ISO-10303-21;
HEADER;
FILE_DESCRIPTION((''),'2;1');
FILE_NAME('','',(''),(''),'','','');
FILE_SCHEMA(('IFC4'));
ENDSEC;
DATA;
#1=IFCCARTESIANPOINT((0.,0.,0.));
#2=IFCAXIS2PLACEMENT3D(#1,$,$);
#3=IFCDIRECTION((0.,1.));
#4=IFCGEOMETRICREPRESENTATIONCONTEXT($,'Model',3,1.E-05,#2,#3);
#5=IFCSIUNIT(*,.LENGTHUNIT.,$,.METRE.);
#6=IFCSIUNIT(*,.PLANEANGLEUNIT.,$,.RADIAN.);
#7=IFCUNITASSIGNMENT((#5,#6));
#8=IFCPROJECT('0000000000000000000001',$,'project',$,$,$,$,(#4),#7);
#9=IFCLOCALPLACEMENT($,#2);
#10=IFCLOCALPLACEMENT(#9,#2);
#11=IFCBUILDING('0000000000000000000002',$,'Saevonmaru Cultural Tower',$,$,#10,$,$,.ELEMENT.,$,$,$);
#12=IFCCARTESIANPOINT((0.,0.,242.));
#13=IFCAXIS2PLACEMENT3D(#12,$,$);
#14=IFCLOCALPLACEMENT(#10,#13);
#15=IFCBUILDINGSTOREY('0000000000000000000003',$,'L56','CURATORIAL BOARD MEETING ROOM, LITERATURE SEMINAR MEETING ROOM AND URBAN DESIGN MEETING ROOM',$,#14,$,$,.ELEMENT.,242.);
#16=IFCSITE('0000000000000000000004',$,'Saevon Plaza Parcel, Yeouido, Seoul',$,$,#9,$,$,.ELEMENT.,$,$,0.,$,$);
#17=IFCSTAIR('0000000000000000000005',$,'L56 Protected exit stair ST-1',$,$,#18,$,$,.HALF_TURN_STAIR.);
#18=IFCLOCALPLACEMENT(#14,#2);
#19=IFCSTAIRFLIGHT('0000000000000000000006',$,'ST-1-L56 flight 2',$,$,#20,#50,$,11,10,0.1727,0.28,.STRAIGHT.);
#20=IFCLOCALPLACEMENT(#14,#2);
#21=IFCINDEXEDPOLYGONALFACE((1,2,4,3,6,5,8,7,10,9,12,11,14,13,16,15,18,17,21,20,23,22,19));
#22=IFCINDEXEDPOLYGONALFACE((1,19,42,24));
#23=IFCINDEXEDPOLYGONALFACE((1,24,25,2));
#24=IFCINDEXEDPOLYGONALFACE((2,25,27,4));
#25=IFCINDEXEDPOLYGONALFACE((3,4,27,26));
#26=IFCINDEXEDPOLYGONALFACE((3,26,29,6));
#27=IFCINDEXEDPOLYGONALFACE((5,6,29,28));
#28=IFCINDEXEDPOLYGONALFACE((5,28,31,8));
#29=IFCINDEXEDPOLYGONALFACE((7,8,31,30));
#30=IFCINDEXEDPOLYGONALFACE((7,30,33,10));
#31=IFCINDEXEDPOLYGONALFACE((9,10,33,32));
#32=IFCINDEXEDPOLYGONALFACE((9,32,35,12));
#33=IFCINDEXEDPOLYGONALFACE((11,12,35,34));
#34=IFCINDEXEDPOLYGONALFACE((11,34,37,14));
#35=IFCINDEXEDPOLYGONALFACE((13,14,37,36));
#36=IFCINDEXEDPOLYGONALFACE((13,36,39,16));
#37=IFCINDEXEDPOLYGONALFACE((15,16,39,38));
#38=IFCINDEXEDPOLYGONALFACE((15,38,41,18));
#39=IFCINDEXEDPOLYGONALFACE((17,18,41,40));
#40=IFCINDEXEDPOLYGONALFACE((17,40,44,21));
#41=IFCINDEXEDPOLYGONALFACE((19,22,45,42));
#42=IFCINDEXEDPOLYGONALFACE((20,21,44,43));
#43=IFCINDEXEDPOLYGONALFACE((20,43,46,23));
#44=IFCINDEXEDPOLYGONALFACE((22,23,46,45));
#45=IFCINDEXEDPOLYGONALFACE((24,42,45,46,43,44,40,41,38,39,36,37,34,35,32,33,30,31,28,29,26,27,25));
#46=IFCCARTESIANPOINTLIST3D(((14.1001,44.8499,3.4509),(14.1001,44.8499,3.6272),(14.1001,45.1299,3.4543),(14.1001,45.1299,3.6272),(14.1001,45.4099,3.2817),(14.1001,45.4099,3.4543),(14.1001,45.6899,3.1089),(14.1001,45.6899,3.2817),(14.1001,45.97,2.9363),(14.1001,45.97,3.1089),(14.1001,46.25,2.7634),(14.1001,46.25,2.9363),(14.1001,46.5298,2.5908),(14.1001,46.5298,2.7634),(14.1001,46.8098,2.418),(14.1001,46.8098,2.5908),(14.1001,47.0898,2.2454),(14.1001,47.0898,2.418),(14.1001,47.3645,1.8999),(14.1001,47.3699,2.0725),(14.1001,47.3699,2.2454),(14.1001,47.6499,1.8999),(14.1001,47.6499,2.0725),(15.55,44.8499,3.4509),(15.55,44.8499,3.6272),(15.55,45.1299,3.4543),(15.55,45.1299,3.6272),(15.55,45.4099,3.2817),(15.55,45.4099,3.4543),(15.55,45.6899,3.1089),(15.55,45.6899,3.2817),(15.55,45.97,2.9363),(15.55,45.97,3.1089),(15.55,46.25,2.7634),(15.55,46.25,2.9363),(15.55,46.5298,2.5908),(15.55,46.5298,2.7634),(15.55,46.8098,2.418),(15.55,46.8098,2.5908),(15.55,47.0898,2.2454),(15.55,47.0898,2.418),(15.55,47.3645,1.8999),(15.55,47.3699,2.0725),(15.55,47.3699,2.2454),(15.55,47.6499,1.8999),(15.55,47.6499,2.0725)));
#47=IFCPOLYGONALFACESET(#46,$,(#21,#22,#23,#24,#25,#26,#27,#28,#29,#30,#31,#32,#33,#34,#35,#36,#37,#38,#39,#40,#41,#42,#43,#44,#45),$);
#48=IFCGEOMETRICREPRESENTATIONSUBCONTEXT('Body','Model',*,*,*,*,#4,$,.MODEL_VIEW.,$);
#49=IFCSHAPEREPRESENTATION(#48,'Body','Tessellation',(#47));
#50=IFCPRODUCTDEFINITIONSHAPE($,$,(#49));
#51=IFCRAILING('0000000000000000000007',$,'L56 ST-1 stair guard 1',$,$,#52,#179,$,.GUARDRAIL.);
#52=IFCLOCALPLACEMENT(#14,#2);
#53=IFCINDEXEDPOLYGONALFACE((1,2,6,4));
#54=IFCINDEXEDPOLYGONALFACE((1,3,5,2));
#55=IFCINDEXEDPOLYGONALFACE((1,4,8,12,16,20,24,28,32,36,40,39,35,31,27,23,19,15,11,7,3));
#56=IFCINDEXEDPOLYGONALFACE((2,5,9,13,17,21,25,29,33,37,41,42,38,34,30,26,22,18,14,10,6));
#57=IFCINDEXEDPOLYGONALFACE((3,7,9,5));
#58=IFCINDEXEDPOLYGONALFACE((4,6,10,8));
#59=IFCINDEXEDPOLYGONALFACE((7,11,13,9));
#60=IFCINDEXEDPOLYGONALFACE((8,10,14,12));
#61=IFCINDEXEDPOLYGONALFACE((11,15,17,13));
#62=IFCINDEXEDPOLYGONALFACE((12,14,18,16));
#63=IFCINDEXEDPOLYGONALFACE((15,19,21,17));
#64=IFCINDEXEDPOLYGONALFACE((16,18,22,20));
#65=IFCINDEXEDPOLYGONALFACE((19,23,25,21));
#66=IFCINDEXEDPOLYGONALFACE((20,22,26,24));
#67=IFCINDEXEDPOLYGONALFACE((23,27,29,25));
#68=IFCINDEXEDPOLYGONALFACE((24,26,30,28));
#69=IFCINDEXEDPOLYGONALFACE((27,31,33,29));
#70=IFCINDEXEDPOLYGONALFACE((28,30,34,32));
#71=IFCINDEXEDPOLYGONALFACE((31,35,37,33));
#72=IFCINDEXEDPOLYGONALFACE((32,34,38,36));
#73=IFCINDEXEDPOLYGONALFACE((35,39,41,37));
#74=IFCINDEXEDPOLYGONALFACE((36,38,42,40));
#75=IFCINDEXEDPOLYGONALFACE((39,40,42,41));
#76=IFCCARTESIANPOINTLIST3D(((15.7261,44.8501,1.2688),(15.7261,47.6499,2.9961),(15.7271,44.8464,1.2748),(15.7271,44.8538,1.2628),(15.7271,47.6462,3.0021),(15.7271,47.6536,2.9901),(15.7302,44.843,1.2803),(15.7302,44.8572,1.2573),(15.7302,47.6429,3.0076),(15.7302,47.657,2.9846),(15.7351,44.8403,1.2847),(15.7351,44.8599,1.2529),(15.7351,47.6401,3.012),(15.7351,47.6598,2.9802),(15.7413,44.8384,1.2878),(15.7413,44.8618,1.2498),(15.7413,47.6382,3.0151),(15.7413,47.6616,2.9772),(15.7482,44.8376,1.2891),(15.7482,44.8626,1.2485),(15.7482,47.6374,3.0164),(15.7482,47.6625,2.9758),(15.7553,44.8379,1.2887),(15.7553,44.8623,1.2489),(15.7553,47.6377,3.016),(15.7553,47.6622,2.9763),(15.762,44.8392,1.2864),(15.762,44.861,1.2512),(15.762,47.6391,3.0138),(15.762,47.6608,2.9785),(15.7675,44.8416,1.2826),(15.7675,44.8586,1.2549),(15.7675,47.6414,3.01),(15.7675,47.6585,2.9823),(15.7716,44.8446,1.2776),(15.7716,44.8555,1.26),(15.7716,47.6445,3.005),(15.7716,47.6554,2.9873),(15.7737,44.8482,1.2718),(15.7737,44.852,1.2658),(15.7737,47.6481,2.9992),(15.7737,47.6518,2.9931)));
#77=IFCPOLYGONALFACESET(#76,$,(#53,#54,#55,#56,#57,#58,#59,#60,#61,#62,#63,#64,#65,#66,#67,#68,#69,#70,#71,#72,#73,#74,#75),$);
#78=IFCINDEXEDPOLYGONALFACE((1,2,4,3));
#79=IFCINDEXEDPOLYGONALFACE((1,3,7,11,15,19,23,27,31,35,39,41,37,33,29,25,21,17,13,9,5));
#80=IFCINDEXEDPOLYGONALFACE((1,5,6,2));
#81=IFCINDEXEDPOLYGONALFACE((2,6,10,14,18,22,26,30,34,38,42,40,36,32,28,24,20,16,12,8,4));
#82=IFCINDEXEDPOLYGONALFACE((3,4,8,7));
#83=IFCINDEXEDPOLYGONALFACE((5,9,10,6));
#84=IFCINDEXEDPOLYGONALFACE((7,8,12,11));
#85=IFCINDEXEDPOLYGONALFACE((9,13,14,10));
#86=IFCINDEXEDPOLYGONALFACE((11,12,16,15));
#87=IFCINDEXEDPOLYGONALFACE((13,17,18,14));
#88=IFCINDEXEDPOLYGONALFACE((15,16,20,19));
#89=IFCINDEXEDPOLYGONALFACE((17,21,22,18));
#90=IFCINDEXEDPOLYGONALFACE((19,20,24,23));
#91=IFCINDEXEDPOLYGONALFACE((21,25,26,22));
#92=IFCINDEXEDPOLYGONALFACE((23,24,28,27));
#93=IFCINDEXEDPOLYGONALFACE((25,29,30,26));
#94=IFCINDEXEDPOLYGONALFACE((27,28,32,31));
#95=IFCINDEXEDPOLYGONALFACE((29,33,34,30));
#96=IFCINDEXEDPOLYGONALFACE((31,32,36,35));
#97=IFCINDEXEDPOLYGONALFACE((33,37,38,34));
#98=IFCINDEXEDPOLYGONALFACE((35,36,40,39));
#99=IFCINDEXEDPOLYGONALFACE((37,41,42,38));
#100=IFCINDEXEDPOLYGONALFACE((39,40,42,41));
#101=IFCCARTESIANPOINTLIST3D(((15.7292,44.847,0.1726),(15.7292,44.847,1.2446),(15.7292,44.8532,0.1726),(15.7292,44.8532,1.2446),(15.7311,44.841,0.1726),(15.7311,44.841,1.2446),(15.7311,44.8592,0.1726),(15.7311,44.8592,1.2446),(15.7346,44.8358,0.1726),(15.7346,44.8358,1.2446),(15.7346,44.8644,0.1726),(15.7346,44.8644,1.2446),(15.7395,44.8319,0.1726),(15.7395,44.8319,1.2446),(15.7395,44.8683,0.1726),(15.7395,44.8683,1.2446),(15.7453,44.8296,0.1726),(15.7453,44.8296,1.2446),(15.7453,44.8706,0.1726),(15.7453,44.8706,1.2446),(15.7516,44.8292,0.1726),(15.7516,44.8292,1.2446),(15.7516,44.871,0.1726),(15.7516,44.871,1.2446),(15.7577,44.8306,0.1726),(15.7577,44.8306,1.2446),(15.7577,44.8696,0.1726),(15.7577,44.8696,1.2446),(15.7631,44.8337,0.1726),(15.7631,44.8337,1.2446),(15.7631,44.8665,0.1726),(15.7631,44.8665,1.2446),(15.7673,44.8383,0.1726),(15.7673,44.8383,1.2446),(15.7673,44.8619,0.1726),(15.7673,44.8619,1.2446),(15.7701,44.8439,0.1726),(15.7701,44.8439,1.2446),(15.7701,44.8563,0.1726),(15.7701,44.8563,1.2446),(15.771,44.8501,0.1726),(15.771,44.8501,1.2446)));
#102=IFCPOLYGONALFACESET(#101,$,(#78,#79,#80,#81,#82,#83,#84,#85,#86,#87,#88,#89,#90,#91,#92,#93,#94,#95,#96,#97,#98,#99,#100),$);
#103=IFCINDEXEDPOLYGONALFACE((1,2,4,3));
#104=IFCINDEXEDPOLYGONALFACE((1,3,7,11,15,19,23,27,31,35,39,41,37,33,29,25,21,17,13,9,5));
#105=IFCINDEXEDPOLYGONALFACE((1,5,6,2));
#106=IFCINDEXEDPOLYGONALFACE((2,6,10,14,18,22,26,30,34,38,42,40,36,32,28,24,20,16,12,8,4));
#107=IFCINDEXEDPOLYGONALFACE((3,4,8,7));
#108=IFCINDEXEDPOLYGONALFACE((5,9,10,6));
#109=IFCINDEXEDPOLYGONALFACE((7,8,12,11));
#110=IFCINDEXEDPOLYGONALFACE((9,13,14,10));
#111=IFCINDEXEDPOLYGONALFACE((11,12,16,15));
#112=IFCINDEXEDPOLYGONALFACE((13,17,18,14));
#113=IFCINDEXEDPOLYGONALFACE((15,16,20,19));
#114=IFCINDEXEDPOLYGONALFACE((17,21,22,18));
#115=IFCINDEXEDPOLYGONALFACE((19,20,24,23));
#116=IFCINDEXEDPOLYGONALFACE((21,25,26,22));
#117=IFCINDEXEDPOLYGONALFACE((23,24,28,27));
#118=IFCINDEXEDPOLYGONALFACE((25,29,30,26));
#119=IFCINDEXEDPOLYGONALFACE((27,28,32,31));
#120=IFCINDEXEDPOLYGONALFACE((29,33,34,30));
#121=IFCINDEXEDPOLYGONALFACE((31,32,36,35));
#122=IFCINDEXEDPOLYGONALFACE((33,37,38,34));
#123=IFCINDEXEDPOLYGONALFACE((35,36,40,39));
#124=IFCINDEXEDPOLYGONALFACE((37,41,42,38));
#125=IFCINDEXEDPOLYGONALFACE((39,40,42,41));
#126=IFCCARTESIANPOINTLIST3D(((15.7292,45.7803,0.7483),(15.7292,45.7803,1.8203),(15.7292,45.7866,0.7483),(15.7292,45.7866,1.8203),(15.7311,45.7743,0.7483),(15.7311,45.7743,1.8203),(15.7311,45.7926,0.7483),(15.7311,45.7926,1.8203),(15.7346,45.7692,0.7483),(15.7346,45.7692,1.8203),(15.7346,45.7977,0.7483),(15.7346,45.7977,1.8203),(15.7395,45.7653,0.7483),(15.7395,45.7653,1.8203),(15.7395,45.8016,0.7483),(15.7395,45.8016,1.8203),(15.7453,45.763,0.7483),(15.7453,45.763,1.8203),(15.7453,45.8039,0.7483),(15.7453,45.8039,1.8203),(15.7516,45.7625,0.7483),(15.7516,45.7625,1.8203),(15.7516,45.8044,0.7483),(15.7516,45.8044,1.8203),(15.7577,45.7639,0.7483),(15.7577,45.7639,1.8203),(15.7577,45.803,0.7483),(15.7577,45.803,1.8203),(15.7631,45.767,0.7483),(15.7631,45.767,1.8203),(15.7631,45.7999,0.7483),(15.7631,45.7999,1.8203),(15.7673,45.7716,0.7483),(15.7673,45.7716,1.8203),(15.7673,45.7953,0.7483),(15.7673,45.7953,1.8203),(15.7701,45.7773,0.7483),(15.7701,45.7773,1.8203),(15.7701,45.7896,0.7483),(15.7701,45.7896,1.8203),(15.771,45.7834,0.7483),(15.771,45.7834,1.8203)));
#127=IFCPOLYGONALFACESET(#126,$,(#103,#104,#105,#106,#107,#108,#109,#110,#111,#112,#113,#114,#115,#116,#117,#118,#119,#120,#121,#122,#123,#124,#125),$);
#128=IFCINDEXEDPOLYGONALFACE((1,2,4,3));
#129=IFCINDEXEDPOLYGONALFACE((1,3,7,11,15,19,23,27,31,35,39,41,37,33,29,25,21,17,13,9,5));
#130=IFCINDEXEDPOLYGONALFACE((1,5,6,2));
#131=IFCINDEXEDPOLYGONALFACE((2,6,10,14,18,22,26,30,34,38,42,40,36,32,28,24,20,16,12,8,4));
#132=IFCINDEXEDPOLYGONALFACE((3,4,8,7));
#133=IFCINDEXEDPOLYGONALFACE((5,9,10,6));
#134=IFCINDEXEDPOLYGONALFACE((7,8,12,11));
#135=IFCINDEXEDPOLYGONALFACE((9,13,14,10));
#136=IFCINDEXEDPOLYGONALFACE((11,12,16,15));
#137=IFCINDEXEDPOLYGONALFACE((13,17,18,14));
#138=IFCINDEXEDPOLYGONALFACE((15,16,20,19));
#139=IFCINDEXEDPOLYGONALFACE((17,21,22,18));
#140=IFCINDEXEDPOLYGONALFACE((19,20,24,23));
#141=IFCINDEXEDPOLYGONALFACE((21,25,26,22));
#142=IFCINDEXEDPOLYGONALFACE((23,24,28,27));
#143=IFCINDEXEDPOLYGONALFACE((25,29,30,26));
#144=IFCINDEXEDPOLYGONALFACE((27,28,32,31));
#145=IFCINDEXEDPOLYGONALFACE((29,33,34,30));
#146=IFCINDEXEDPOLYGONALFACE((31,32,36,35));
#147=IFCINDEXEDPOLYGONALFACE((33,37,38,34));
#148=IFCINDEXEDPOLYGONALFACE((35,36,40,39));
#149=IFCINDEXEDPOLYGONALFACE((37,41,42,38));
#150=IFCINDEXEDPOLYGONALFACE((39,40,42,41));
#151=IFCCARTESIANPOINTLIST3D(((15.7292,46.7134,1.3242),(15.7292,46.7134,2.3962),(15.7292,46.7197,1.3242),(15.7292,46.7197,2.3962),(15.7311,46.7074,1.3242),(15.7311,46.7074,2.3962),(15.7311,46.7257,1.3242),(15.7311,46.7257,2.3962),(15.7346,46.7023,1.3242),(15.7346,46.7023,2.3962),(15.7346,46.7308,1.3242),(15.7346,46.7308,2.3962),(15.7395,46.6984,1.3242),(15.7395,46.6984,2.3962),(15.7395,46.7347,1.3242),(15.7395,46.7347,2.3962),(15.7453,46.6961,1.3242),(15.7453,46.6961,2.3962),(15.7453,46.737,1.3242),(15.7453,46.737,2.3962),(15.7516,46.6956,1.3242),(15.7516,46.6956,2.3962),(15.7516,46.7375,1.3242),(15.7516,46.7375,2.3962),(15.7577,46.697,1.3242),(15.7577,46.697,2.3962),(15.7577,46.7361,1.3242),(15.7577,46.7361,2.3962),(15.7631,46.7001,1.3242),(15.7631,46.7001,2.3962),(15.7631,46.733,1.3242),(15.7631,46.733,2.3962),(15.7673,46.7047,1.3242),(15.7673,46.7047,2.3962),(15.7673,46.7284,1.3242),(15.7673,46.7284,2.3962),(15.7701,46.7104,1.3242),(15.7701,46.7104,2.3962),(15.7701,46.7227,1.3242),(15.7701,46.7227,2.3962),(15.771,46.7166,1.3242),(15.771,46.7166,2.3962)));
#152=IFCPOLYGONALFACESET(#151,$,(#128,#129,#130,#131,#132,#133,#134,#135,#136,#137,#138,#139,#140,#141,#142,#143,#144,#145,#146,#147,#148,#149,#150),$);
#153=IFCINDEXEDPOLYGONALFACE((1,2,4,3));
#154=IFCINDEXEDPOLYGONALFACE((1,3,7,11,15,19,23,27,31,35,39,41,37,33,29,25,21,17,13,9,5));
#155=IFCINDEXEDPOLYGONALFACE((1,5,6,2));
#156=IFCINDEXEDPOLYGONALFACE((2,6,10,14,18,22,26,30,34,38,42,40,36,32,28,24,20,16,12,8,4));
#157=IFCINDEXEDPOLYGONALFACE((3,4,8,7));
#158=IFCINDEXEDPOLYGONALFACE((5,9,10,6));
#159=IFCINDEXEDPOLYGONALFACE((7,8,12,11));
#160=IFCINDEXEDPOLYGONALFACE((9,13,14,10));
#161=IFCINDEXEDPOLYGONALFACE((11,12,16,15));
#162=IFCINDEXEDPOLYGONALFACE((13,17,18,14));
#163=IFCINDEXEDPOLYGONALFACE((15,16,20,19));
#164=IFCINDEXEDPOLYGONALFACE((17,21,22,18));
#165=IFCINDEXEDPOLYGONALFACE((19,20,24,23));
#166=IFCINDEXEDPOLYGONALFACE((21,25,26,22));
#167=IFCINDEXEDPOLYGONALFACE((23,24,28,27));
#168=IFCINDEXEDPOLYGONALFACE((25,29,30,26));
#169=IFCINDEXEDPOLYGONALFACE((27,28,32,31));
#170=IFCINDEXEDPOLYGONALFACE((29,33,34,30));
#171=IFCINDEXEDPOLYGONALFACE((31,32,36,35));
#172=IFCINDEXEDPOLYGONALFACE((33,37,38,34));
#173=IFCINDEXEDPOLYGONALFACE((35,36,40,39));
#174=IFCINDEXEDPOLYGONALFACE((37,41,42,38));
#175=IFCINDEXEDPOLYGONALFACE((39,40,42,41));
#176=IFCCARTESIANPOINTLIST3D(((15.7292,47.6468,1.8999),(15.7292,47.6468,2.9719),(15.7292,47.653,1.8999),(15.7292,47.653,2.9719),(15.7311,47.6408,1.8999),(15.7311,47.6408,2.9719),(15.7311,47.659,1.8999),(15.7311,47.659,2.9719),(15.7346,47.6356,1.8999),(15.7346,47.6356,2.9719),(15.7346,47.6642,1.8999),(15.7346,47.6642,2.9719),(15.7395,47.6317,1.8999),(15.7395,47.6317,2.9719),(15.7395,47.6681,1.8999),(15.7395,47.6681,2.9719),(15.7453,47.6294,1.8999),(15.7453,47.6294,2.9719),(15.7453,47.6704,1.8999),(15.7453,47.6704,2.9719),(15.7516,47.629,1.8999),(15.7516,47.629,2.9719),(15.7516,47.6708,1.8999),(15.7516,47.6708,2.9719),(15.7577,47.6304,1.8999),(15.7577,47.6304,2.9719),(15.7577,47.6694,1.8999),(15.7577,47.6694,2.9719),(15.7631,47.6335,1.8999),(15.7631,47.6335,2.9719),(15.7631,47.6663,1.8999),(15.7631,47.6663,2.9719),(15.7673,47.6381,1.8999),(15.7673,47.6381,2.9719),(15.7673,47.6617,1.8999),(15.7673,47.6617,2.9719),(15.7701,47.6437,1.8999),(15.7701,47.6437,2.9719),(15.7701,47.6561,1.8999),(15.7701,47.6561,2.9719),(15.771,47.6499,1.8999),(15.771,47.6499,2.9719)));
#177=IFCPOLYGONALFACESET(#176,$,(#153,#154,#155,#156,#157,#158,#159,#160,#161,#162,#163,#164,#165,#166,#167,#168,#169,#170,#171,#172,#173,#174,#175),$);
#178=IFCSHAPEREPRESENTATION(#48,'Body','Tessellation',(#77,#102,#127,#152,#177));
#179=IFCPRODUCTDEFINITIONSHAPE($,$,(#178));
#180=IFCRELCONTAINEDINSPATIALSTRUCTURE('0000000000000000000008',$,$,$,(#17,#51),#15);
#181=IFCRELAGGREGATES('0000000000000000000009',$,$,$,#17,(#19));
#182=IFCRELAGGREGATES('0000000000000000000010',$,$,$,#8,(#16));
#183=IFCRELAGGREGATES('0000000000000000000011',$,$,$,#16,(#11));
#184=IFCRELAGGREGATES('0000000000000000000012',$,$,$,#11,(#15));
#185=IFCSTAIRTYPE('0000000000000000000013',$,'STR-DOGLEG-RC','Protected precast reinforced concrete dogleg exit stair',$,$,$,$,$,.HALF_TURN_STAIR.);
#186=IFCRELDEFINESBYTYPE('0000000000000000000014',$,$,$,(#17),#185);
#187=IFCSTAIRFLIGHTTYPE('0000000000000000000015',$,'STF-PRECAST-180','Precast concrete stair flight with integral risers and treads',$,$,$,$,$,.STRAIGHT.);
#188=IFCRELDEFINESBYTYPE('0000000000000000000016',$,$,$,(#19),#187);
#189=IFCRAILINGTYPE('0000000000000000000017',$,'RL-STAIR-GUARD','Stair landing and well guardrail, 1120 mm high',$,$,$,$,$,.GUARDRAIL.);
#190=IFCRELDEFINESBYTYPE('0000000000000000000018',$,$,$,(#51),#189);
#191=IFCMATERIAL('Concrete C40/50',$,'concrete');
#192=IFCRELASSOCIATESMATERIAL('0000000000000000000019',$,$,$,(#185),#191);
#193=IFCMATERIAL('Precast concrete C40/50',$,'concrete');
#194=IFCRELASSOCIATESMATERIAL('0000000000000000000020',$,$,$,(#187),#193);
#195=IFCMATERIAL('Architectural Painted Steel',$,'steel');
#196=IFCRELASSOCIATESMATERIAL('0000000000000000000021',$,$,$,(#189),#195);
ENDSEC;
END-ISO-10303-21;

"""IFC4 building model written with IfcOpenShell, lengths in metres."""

from ifc_helpers import new_model, si_unit, direction, frame, origin, origin_2d, place, context, subcontext, project, spatial, polyline, circle, outline, extrude, material, type_object, element, aggregate, save


model = new_model("IFC4")

# Units and contexts
model_context = context("Model", 3, precision=1e-05, world=origin(), true_north=direction((0.0, 1.0)))
body_context = subcontext(model_context, "Body", "Model", "MODEL_VIEW")
ifc_project = project(units=[si_unit("LENGTHUNIT", "METRE"), si_unit("PLANEANGLEUNIT", "RADIAN")], contexts=[model_context])

# Site, building, storey
site_placement = place(None, origin())
site = spatial("IfcSite", under=ifc_project, at=site_placement, Name="Saevon Plaza Parcel, Yeouido, Seoul", CompositionType="ELEMENT", RefElevation=0.0)
building_placement = place(site_placement, origin())
building = spatial("IfcBuilding", under=site, at=building_placement, Name="Saevonmaru Cultural Tower", CompositionType="ELEMENT")
storey_placement = place(building_placement, frame((0.0, 0.0, 242.0)))
storey = spatial("IfcBuildingStorey", under=building, at=storey_placement, Name="L56", Description="CURATORIAL BOARD MEETING ROOM, LITERATURE SEMINAR MEETING ROOM AND URBAN DESIGN MEETING ROOM", CompositionType="ELEMENT", Elevation=242.0)

# Shared definitions
ifc_material_1 = material(Name="Concrete C40/50", Category="concrete")

# Stair, stair flight
stair_type = type_object("IfcStairType", Name="STR-DOGLEG-RC", Description="Protected precast reinforced concrete dogleg exit stair", PredefinedType="HALF_TURN_STAIR", material=ifc_material_1)
stair_placement = place(storey_placement, origin())
stair = element("IfcStair", 1, at=stair_placement, inside=storey, type_object=stair_type, Name="L56 Protected exit stair ST-1", PredefinedType="HALF_TURN_STAIR")
ifc_material_2 = material(Name="Precast concrete C40/50", Category="concrete")
stair_flight_type = type_object("IfcStairFlightType", Name="STF-PRECAST-180", Description="Precast concrete stair flight with integral risers and treads", PredefinedType="STRAIGHT", material=ifc_material_2)
stair_flight_1_placement = place(storey_placement, frame((14.825, 47.6499, 1.8999), z_axis=(0.0, 0.0, 1.0), x_axis=(0.0, -1.0, 0.0)))
stair_flight_1 = element("IfcStairFlight", 2, at=stair_flight_1_placement, type_object=stair_flight_type, Name="ST-1-L56 flight 2", NumberOfRisers=11, NumberOfTreads=10, PredefinedType="STRAIGHT", RiserHeight=0.1727, TreadLength=0.28, context=body_context, shape_type="SweptSolid", body=[
    extrude(outline(polyline([(0.0, 0.0), (0.0, 0.1726), (0.28, 0.1726), (0.28, 0.3455), (0.5601, 0.3455), (0.5601, 0.5181), (0.8401, 0.5181), (0.8401, 0.6909), (1.1201, 0.6909), (1.1201, 0.8635), (1.3999, 0.8635), (1.3999, 1.0364), (1.6799, 1.0364), (1.6799, 1.209), (1.96, 1.209), (1.96, 1.3818), (2.24, 1.3818), (2.24, 1.5544), (2.52, 1.5544), (2.52, 1.7273), (2.8, 1.7273), (2.8, 1.8999), (2.8, 1.551), (0.2854, 0.0), (0.0, 0.0)])), frame((0.0, 0.7251, 0.0), z_axis=(0.0, -1.0, 0.0), x_axis=(1.0, 0.0, 0.0)), (0.0, 0.0, 1.0), 1.45),
])
aggregate(stair, [stair_flight_1])

# Railing
ifc_material_3 = material(Name="Architectural Painted Steel", Category="steel")
railing_type_1 = type_object("IfcRailingType", Name="RL-STAIR-GUARD", Description="Stair landing and well guardrail, 1120 mm high", PredefinedType="GUARDRAIL", material=ifc_material_3)
railing_1_placement = place(storey_placement, frame((15.75, 44.8501, 0.1726)))
element("IfcRailing", 3, at=railing_1_placement, inside=storey, type_object=railing_type_1, Name="L56 ST-1 stair guard 1", PredefinedType="GUARDRAIL", context=body_context, shape_type="SweptSolid", body=[
    extrude(circle(Radius=0.0239, at=origin_2d()), frame((0.0, 0.0, 1.0962), z_axis=(0.0, 0.851069, 0.525054), x_axis=(-1.0, 0.0, 0.0)), (0.0, 0.0, 1.0), 3.2898),
    extrude(circle(Radius=0.021, at=origin_2d()), origin(), (0.0, 0.0, 1.0), 1.072),
    extrude(circle(Radius=0.021, at=origin_2d()), frame((0.0, 0.9333, 0.5757)), (0.0, 0.0, 1.0), 1.072),
    extrude(circle(Radius=0.021, at=origin_2d()), frame((0.0, 1.8665, 1.1516)), (0.0, 0.0, 1.0), 1.072),
    extrude(circle(Radius=0.021, at=origin_2d()), frame((0.0, 2.7998, 1.7273)), (0.0, 0.0, 1.0), 1.072),
])

save(model, "model.ifc")
